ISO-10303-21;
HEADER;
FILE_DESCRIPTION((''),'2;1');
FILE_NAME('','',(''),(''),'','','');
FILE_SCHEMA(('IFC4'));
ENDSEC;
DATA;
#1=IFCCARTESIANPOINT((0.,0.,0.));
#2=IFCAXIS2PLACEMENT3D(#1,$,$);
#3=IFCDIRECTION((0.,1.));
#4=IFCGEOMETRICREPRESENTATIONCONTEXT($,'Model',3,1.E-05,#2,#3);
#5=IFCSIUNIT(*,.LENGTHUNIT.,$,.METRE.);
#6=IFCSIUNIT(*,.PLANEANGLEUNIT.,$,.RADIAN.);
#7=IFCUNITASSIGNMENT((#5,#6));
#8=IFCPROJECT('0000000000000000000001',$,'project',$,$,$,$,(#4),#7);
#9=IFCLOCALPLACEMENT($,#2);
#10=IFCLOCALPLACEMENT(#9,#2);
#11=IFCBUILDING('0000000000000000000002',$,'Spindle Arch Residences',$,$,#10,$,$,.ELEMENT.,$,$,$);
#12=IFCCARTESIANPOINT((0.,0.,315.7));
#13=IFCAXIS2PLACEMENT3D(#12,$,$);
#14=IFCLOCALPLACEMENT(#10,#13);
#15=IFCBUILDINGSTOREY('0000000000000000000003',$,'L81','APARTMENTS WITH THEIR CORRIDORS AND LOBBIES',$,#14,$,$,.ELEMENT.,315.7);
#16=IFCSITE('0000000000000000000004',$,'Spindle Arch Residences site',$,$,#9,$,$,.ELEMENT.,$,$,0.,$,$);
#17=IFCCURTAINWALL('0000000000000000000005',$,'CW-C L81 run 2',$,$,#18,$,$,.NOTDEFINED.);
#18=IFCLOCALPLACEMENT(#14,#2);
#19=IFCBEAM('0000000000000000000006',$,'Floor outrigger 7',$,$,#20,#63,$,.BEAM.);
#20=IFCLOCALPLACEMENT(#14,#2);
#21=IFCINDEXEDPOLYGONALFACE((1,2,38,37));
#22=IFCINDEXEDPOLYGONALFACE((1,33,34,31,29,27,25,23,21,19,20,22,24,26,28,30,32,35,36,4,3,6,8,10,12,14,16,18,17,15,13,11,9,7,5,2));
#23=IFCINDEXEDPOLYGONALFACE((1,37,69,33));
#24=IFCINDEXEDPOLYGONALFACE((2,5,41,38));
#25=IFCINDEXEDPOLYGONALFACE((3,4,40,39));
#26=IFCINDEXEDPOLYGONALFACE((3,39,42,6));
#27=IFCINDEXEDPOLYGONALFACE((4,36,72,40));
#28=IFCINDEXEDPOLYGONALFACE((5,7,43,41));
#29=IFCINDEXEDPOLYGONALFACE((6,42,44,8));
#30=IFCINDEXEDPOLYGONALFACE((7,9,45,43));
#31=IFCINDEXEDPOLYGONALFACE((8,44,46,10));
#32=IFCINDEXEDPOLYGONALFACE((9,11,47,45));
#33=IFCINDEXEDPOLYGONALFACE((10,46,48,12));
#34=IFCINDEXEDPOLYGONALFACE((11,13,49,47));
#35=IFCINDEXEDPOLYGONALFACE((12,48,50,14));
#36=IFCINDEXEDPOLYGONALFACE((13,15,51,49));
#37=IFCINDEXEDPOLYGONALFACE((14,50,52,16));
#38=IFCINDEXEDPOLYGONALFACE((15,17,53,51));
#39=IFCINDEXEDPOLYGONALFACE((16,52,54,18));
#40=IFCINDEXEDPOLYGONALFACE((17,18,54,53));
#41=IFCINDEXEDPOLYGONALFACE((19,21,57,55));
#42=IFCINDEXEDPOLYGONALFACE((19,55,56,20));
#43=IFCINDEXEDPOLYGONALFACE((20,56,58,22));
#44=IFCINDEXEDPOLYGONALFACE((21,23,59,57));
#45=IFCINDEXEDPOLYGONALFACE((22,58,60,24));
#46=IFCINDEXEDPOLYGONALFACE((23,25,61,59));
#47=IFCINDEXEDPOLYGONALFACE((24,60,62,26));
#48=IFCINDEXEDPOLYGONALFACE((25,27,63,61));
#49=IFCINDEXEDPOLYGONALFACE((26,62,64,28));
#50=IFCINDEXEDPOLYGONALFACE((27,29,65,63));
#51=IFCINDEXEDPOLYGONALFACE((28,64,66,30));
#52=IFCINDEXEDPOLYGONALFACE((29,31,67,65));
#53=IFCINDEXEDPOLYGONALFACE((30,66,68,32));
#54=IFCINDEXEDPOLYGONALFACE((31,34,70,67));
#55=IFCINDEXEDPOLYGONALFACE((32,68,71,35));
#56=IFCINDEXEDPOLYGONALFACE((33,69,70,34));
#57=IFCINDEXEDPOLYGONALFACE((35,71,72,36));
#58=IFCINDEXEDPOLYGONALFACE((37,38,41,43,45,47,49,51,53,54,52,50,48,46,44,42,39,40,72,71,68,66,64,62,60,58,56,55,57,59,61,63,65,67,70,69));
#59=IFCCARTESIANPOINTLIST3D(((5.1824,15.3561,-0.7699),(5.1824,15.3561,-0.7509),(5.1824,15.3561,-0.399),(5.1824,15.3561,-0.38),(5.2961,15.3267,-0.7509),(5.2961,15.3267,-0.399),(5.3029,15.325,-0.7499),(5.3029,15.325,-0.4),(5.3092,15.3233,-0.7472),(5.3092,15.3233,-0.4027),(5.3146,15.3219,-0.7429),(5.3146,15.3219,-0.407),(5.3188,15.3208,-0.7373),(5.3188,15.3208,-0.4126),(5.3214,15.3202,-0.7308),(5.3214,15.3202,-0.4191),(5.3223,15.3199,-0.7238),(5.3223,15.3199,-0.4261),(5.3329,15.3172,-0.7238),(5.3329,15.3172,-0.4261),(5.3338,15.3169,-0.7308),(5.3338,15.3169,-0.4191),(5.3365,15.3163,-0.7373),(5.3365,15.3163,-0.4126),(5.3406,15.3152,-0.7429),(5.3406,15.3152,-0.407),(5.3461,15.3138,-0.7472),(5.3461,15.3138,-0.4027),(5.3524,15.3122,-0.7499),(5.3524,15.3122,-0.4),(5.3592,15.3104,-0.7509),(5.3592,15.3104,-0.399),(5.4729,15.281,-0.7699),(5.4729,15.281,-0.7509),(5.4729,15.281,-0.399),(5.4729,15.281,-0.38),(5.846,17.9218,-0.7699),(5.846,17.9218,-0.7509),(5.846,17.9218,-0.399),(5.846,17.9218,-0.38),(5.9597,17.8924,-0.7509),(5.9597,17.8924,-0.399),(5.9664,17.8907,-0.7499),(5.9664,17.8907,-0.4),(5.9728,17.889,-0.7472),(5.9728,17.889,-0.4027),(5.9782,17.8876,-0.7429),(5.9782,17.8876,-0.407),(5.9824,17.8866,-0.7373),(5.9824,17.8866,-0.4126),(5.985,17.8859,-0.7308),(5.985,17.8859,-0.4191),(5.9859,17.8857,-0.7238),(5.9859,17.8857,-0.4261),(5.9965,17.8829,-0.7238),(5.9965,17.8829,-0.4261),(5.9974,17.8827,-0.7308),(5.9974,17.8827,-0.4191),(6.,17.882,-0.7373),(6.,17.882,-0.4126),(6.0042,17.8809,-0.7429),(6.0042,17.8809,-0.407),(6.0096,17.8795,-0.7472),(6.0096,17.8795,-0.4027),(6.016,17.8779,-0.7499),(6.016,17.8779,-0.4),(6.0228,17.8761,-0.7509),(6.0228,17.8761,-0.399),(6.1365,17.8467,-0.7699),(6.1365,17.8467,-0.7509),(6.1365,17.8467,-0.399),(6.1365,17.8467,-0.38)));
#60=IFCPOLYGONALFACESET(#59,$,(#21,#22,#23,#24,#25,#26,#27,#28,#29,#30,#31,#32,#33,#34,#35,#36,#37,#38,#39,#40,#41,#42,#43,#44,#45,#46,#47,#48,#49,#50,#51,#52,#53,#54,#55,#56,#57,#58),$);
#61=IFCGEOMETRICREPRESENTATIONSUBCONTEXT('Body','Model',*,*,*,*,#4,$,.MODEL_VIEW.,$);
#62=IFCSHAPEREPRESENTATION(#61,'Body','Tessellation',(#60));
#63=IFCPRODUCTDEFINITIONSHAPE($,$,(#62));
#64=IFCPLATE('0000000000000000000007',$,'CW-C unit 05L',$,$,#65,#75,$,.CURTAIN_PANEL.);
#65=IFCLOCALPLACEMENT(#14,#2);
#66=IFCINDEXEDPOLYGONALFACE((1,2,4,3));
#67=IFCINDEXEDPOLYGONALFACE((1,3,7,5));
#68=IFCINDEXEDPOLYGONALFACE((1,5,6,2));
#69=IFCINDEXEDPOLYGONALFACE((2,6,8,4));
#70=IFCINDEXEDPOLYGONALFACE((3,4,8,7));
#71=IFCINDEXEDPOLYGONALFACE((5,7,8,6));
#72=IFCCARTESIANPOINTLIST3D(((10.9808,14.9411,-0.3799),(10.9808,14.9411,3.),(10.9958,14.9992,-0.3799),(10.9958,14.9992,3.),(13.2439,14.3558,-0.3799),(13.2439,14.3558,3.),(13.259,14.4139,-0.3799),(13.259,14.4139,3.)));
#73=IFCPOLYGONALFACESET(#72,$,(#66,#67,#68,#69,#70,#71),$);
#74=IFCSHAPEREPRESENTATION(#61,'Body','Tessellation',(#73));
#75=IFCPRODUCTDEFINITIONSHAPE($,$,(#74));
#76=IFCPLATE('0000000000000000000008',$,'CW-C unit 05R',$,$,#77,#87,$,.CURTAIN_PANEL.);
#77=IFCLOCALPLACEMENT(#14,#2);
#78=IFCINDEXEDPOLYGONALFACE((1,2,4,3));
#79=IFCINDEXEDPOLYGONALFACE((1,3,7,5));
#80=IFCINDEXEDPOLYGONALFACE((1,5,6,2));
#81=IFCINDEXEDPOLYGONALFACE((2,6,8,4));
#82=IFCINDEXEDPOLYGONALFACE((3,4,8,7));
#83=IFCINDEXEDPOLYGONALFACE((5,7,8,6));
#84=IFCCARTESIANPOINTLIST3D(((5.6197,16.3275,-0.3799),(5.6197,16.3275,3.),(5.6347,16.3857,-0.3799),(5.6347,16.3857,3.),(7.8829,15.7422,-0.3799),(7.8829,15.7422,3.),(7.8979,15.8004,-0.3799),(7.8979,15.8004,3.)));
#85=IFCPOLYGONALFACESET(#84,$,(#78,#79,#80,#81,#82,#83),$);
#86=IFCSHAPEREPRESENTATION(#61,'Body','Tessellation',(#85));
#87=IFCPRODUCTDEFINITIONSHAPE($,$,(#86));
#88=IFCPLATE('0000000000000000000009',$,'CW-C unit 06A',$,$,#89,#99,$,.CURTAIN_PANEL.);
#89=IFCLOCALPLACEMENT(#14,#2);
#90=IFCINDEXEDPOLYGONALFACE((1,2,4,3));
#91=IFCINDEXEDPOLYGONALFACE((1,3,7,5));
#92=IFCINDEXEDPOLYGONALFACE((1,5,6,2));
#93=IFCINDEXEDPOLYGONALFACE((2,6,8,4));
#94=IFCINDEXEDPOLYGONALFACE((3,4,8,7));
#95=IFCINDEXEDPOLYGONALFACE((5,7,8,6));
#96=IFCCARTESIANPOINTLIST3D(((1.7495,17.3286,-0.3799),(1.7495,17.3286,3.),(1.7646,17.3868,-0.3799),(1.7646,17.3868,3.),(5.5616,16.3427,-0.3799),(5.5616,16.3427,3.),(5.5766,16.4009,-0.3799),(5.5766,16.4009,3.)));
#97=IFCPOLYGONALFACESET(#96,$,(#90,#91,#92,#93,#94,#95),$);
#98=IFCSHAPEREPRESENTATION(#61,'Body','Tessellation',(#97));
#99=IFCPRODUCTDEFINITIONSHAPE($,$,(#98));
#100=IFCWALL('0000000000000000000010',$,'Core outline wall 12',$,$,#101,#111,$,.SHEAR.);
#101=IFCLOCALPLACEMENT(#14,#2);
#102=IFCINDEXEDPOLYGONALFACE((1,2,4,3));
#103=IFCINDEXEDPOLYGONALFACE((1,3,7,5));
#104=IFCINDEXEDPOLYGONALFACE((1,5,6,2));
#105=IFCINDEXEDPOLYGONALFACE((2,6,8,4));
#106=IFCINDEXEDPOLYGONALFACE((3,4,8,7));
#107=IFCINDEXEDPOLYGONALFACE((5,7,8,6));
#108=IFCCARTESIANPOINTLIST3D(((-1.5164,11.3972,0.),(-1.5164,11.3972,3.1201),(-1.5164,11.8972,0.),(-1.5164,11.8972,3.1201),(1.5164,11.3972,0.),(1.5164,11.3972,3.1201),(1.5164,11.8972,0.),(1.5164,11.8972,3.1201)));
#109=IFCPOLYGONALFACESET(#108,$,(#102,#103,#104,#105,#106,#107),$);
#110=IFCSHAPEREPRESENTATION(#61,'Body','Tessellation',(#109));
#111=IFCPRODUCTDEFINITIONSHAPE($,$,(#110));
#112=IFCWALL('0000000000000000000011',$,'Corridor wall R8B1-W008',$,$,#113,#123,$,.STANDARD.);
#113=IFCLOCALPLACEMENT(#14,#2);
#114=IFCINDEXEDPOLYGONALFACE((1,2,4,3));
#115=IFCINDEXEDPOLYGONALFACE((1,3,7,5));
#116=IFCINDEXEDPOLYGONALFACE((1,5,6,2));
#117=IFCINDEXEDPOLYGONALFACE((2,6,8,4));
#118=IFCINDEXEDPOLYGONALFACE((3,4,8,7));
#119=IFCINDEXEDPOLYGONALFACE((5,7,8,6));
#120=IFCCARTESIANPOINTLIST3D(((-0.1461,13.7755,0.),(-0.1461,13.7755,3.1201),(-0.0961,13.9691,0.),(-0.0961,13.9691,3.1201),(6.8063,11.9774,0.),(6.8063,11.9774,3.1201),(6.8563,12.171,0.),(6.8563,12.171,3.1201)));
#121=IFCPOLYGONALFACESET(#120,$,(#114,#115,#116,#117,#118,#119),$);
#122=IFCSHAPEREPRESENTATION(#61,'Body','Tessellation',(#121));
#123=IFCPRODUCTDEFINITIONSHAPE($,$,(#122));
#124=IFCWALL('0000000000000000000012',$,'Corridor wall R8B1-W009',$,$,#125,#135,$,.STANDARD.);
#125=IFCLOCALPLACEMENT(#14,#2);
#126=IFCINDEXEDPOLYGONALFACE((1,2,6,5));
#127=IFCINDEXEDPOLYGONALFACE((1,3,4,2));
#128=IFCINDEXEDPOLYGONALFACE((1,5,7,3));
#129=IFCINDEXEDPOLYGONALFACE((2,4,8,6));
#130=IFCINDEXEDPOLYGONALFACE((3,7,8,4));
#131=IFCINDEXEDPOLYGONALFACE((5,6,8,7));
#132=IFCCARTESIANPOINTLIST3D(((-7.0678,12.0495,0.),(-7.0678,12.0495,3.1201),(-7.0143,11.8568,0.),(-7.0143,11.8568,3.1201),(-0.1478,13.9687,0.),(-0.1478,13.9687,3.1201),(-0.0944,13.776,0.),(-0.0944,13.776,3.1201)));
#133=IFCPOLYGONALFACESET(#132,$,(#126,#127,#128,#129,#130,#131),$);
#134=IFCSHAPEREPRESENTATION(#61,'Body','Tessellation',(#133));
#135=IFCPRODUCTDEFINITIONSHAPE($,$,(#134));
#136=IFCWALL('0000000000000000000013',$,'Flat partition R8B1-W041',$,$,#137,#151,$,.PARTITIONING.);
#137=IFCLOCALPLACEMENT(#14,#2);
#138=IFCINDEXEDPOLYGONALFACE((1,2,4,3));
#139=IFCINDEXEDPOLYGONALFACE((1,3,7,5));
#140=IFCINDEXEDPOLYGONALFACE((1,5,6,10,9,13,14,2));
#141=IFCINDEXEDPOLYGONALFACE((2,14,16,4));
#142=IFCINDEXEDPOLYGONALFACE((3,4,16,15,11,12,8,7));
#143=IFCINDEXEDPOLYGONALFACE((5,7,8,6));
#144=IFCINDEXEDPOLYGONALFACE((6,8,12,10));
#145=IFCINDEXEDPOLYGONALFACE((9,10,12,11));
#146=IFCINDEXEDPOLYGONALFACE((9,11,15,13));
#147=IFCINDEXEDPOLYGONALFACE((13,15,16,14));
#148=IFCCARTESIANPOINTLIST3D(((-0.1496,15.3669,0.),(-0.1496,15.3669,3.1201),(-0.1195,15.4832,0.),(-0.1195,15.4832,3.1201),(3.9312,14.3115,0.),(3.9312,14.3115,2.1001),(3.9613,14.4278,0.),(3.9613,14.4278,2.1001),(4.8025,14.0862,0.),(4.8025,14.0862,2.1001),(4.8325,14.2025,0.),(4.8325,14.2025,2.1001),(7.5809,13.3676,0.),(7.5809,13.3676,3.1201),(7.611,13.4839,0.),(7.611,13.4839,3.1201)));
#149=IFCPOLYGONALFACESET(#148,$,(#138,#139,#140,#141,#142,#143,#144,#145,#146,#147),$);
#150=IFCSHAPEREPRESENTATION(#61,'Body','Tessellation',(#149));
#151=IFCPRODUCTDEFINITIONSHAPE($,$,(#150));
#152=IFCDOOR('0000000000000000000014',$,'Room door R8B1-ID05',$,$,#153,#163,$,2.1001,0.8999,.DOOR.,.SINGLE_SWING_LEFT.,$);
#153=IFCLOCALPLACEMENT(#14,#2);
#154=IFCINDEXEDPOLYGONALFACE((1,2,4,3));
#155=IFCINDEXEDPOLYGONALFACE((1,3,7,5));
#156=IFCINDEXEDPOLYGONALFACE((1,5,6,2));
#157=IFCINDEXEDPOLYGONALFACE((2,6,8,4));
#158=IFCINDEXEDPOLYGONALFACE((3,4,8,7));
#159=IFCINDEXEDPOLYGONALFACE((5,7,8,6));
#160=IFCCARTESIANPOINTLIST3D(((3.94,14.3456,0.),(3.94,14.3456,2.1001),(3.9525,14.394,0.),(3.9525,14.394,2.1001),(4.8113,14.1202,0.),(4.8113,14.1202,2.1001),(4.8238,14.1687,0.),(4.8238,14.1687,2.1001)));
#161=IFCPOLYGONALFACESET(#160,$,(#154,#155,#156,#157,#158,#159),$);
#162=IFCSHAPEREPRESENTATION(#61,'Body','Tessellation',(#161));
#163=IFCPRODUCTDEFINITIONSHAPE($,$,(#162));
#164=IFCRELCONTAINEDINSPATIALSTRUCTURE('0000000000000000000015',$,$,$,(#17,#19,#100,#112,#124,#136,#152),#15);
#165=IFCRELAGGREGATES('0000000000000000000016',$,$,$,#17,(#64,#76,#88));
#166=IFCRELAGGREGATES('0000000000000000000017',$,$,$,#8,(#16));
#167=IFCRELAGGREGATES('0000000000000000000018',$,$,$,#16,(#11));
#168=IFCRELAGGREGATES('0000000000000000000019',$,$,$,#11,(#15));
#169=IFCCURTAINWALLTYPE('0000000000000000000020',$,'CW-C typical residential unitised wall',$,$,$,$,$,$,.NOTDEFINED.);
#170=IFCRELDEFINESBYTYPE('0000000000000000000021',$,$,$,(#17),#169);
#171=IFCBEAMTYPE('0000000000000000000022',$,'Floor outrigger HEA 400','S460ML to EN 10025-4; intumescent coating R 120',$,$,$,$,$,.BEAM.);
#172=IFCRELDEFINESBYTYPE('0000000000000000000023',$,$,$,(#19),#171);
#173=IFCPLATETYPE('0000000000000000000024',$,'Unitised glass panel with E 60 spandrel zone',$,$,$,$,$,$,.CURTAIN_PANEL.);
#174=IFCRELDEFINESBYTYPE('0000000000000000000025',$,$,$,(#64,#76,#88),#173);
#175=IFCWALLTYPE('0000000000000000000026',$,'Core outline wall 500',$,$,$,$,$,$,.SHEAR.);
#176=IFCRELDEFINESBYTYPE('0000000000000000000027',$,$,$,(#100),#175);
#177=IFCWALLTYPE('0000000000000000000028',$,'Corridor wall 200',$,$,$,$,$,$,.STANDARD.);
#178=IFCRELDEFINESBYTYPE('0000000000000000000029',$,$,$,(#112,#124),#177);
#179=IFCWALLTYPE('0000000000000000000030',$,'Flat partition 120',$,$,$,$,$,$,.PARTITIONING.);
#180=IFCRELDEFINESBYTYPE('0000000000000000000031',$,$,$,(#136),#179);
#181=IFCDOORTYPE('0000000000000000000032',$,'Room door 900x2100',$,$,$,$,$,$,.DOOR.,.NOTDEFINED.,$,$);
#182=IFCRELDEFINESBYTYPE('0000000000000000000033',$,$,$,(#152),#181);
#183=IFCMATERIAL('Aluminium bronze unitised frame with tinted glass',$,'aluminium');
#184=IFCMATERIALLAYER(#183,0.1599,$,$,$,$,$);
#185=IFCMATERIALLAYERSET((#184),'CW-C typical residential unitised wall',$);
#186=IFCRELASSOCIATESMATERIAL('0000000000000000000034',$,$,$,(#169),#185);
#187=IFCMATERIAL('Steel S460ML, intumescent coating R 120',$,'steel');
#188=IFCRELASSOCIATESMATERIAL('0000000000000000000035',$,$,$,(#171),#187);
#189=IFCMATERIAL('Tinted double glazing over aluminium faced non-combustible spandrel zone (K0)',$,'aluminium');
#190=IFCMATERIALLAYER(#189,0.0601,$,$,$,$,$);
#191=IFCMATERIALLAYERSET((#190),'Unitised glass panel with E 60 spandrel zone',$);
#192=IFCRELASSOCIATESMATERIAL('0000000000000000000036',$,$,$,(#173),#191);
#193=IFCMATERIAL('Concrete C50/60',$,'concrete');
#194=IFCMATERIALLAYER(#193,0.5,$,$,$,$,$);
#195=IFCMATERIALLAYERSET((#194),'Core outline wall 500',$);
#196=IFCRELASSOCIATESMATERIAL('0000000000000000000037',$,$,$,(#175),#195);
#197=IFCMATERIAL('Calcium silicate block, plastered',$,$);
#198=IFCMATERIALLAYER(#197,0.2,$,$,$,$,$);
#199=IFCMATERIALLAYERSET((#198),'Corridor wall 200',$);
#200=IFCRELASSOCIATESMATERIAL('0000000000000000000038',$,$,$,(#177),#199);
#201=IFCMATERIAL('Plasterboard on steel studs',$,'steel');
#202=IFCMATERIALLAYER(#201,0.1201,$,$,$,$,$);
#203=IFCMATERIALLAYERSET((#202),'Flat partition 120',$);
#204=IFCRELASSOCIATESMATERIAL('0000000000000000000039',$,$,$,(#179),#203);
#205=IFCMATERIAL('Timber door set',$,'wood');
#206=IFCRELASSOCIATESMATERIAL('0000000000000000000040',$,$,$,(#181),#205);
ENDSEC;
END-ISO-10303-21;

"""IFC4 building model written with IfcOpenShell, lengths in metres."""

from ifc_helpers import new_model, si_unit, direction, frame, frame_2d, origin, origin_2d, place, context, subcontext, project, spatial, rectangle, i_section, extrude, material, layer, layer_set, material_profile, profile_set, type_object, element, fill, aggregate, save


model = new_model("IFC4")

# Units and contexts
model_context = context("Model", 3, precision=1e-05, world=origin(), true_north=direction((0.0, 1.0)))
body_context = subcontext(model_context, "Body", "Model", "MODEL_VIEW")
ifc_project = project(units=[si_unit("LENGTHUNIT", "METRE"), si_unit("PLANEANGLEUNIT", "RADIAN")], contexts=[model_context])

# Site, building, storey
site_placement = place(None, origin())
site = spatial("IfcSite", under=ifc_project, at=site_placement, Name="Spindle Arch Residences site", CompositionType="ELEMENT", RefElevation=0.0)
building_placement = place(site_placement, origin())
building = spatial("IfcBuilding", under=site, at=building_placement, Name="Spindle Arch Residences", CompositionType="ELEMENT")
storey_placement = place(building_placement, frame((0.0, 0.0, 315.7)))
storey = spatial("IfcBuildingStorey", under=building, at=storey_placement, Name="L81", Description="APARTMENTS WITH THEIR CORRIDORS AND LOBBIES", CompositionType="ELEMENT", Elevation=315.7)

# Curtain wall
ifc_material_1 = material(Name="Aluminium bronze unitised frame with tinted glass", Category="aluminium")
ifc_layer_1 = layer(ifc_material_1, 0.1599)
ifc_layer_set_1 = layer_set([ifc_layer_1], Name="CW-C typical residential unitised wall")
curtain_wall_type = type_object("IfcCurtainWallType", Name="CW-C typical residential unitised wall", PredefinedType="NOTDEFINED", material=ifc_layer_set_1)
curtain_wall_placement = place(storey_placement, origin())
curtain_wall = element("IfcCurtainWall", 1, at=curtain_wall_placement, inside=storey, type_object=curtain_wall_type, Name="CW-C L81 run 2", PredefinedType="NOTDEFINED")

# Beam
ifc_material_2 = material(Name="Steel S460ML, intumescent coating R 120", Category="steel")
ifc_material_profile_1 = material_profile(ifc_material_2, i_section(OverallWidth=0.3, OverallDepth=0.3899, WebThickness=0.011, FlangeThickness=0.019, FilletRadius=0.0271, at=origin_2d()), Name="HEA 400")
ifc_profile_set_1 = profile_set([ifc_material_profile_1], Name="Steel S460ML, intumescent coating R 120")
beam_type_1 = type_object("IfcBeamType", Name="Floor outrigger HEA 400", Description="S460ML to EN 10025-4; intumescent coating R 120", PredefinedType="BEAM", material=ifc_profile_set_1)
beam_placement = place(storey_placement, frame((5.9912, 17.8843, -0.575), z_axis=(-0.250396, -0.968143, 0.0), x_axis=(0.968143, -0.250396, 0.0)))
element("IfcBeam", 2, at=beam_placement, inside=storey, type_object=beam_type_1, Name="Floor outrigger 7", PredefinedType="BEAM", context=body_context, shape_type="SweptSolid", body=[
    extrude(i_section(OverallWidth=0.3, OverallDepth=0.3899, WebThickness=0.011, FlangeThickness=0.019, FilletRadius=0.0271, at=origin_2d()), origin(), (0.0, 0.0, 1.0), 2.6501),
])

# Plates
ifc_material_3 = material(Name="Tinted double glazing over aluminium faced non-combustible spandrel zone (K0)", Category="aluminium")
ifc_layer_2 = layer(ifc_material_3, 0.0601)
ifc_layer_set_2 = layer_set([ifc_layer_2], Name="Unitised glass panel with E 60 spandrel zone")
plate_type = type_object("IfcPlateType", Name="Unitised glass panel with E 60 spandrel zone", PredefinedType="CURTAIN_PANEL", material=ifc_layer_set_2)
plate_1_placement = place(storey_placement, frame((12.1199, 14.6775, -0.3799), z_axis=(0.0, 0.0, 1.0), x_axis=(-0.968148, 0.25038, 0.0)))
plate_1 = element("IfcPlate", 3, at=plate_1_placement, type_object=plate_type, Name="CW-C unit 05L", PredefinedType="CURTAIN_PANEL", context=body_context, shape_type="SweptSolid", body=[
    extrude(rectangle(XDim=2.3376, YDim=0.0601, at=origin_2d()), origin(), (0.0, 0.0, 1.0), 3.3799),
])
plate_2_placement = place(storey_placement, frame((6.7588, 16.064, -0.3799), z_axis=(0.0, 0.0, 1.0), x_axis=(-0.968148, 0.25038, 0.0)))
plate_2 = element("IfcPlate", 4, at=plate_2_placement, type_object=plate_type, Name="CW-C unit 05R", PredefinedType="CURTAIN_PANEL", context=body_context, shape_type="SweptSolid", body=[
    extrude(rectangle(XDim=2.3376, YDim=0.0601, at=origin_2d()), origin(), (0.0, 0.0, 1.0), 3.3799),
])
plate_3_placement = place(storey_placement, frame((3.6631, 16.8647, -0.3799), z_axis=(0.0, 0.0, 1.0), x_axis=(-0.968148, 0.25038, 0.0)))
plate_3 = element("IfcPlate", 5, at=plate_3_placement, type_object=plate_type, Name="CW-C unit 06A", PredefinedType="CURTAIN_PANEL", context=body_context, shape_type="SweptSolid", body=[
    extrude(rectangle(XDim=3.9375, YDim=0.0601, at=origin_2d()), origin(), (0.0, 0.0, 1.0), 3.3799),
])
aggregate(curtain_wall, [plate_1, plate_2, plate_3])

# Walls
ifc_material_4 = material(Name="Concrete C50/60", Category="concrete")
ifc_layer_3 = layer(ifc_material_4, 0.5)
ifc_layer_set_3 = layer_set([ifc_layer_3], Name="Core outline wall 500")
wall_type_1 = type_object("IfcWallType", Name="Core outline wall 500", PredefinedType="SHEAR", material=ifc_layer_set_3)
wall_1_placement = place(storey_placement, frame((1.5164, 11.6472, 0.0), z_axis=(0.0, 0.0, 1.0), x_axis=(-1.0, 0.0, 0.0)))
element("IfcWall", 6, at=wall_1_placement, inside=storey, type_object=wall_type_1, Name="Core outline wall 12", PredefinedType="SHEAR", context=body_context, shape_type="SweptSolid", body=[
    extrude(rectangle(XDim=3.0327, YDim=0.5, at=frame_2d((1.5164, 0.0))), origin(), (0.0, 0.0, 1.0), 3.1201),
])
ifc_material_5 = material(Name="Calcium silicate block, plastered")
ifc_layer_4 = layer(ifc_material_5, 0.2)
ifc_layer_set_4 = layer_set([ifc_layer_4], Name="Corridor wall 200")
wall_type_2 = type_object("IfcWallType", Name="Corridor wall 200", PredefinedType="STANDARD", material=ifc_layer_set_4)
for number, where, z_axis, x_axis, name in (
    (7, (6.8313, 12.0742, 0.0), (0.0, 0.0, 1.0), (-0.968145, 0.250391, 0.0), "Corridor wall R8B1-W008"),
    (8, (-0.1211, 13.8723, 0.0), (0.0, 0.0, 1.0), (-0.963626, -0.267255, 0.0), "Corridor wall R8B1-W009"),
):
    element("IfcWall", number, at=place(storey_placement, frame(where, z_axis=z_axis, x_axis=x_axis)), inside=storey, type_object=wall_type_2, Name=name, PredefinedType="STANDARD", context=body_context, shape_type="SweptSolid", body=[
        extrude(rectangle(XDim=7.1812, YDim=0.2, at=frame_2d((3.5906, 0.0))), origin(), (0.0, 0.0, 1.0), 3.1201),
    ])

# Wall, opening, door
ifc_material_6 = material(Name="Plasterboard on steel studs", Category="steel")
ifc_layer_5 = layer(ifc_material_6, 0.1201)
ifc_layer_set_5 = layer_set([ifc_layer_5], Name="Flat partition 120")
wall_type_3 = type_object("IfcWallType", Name="Flat partition 120", PredefinedType="PARTITIONING", material=ifc_layer_set_5)
wall_2_placement = place(storey_placement, frame((7.5959, 13.4258, 0.0), z_axis=(0.0, 0.0, 1.0), x_axis=(-0.968147, 0.250384, 0.0)))
wall_2 = element("IfcWall", 9, at=wall_2_placement, inside=storey, type_object=wall_type_3, Name="Flat partition R8B1-W041", PredefinedType="PARTITIONING", context=body_context, shape_type="SweptSolid", body=[
    extrude(rectangle(XDim=7.9849, YDim=0.1201, at=frame_2d((3.9924, 0.0))), origin(), (0.0, 0.0, 1.0), 3.1201),
])
opening_1_placement = place(wall_2_placement, frame((2.8699, 0.0, 0.0)))
opening_1 = element("IfcOpeningElement", 10, at=opening_1_placement, cuts=wall_2, PredefinedType="OPENING", context=body_context, shape_type="SweptSolid", body=[
    extrude(rectangle(XDim=0.8999, YDim=2.1001, at=frame_2d((0.45, 1.05))), frame((0.0, 0.0701, 0.0), z_axis=(0.0, -1.0, 0.0), x_axis=(1.0, 0.0, 0.0)), (0.0, 0.0, 1.0), 0.1401),
])
ifc_material_7 = material(Name="Timber door set", Category="wood")
door_type_1 = type_object("IfcDoorType", Name="Room door 900x2100", OperationType="NOTDEFINED", PredefinedType="DOOR", material=ifc_material_7)
door_1_placement = place(opening_1_placement, origin())
door_1 = element("IfcDoor", 11, at=door_1_placement, inside=storey, type_object=door_type_1, Name="Room door R8B1-ID05", OperationType="SINGLE_SWING_LEFT", OverallHeight=2.1001, OverallWidth=0.8999, PredefinedType="DOOR", context=body_context, shape_type="SweptSolid", body=[
    extrude(rectangle(XDim=0.8999, YDim=2.1001, at=frame_2d((0.45, 1.05))), frame((0.0, 0.0249, 0.0), z_axis=(0.0, -1.0, 0.0), x_axis=(1.0, 0.0, 0.0)), (0.0, 0.0, 1.0), 0.05),
])
fill(opening_1, door_1)

save(model, "model.ifc")
